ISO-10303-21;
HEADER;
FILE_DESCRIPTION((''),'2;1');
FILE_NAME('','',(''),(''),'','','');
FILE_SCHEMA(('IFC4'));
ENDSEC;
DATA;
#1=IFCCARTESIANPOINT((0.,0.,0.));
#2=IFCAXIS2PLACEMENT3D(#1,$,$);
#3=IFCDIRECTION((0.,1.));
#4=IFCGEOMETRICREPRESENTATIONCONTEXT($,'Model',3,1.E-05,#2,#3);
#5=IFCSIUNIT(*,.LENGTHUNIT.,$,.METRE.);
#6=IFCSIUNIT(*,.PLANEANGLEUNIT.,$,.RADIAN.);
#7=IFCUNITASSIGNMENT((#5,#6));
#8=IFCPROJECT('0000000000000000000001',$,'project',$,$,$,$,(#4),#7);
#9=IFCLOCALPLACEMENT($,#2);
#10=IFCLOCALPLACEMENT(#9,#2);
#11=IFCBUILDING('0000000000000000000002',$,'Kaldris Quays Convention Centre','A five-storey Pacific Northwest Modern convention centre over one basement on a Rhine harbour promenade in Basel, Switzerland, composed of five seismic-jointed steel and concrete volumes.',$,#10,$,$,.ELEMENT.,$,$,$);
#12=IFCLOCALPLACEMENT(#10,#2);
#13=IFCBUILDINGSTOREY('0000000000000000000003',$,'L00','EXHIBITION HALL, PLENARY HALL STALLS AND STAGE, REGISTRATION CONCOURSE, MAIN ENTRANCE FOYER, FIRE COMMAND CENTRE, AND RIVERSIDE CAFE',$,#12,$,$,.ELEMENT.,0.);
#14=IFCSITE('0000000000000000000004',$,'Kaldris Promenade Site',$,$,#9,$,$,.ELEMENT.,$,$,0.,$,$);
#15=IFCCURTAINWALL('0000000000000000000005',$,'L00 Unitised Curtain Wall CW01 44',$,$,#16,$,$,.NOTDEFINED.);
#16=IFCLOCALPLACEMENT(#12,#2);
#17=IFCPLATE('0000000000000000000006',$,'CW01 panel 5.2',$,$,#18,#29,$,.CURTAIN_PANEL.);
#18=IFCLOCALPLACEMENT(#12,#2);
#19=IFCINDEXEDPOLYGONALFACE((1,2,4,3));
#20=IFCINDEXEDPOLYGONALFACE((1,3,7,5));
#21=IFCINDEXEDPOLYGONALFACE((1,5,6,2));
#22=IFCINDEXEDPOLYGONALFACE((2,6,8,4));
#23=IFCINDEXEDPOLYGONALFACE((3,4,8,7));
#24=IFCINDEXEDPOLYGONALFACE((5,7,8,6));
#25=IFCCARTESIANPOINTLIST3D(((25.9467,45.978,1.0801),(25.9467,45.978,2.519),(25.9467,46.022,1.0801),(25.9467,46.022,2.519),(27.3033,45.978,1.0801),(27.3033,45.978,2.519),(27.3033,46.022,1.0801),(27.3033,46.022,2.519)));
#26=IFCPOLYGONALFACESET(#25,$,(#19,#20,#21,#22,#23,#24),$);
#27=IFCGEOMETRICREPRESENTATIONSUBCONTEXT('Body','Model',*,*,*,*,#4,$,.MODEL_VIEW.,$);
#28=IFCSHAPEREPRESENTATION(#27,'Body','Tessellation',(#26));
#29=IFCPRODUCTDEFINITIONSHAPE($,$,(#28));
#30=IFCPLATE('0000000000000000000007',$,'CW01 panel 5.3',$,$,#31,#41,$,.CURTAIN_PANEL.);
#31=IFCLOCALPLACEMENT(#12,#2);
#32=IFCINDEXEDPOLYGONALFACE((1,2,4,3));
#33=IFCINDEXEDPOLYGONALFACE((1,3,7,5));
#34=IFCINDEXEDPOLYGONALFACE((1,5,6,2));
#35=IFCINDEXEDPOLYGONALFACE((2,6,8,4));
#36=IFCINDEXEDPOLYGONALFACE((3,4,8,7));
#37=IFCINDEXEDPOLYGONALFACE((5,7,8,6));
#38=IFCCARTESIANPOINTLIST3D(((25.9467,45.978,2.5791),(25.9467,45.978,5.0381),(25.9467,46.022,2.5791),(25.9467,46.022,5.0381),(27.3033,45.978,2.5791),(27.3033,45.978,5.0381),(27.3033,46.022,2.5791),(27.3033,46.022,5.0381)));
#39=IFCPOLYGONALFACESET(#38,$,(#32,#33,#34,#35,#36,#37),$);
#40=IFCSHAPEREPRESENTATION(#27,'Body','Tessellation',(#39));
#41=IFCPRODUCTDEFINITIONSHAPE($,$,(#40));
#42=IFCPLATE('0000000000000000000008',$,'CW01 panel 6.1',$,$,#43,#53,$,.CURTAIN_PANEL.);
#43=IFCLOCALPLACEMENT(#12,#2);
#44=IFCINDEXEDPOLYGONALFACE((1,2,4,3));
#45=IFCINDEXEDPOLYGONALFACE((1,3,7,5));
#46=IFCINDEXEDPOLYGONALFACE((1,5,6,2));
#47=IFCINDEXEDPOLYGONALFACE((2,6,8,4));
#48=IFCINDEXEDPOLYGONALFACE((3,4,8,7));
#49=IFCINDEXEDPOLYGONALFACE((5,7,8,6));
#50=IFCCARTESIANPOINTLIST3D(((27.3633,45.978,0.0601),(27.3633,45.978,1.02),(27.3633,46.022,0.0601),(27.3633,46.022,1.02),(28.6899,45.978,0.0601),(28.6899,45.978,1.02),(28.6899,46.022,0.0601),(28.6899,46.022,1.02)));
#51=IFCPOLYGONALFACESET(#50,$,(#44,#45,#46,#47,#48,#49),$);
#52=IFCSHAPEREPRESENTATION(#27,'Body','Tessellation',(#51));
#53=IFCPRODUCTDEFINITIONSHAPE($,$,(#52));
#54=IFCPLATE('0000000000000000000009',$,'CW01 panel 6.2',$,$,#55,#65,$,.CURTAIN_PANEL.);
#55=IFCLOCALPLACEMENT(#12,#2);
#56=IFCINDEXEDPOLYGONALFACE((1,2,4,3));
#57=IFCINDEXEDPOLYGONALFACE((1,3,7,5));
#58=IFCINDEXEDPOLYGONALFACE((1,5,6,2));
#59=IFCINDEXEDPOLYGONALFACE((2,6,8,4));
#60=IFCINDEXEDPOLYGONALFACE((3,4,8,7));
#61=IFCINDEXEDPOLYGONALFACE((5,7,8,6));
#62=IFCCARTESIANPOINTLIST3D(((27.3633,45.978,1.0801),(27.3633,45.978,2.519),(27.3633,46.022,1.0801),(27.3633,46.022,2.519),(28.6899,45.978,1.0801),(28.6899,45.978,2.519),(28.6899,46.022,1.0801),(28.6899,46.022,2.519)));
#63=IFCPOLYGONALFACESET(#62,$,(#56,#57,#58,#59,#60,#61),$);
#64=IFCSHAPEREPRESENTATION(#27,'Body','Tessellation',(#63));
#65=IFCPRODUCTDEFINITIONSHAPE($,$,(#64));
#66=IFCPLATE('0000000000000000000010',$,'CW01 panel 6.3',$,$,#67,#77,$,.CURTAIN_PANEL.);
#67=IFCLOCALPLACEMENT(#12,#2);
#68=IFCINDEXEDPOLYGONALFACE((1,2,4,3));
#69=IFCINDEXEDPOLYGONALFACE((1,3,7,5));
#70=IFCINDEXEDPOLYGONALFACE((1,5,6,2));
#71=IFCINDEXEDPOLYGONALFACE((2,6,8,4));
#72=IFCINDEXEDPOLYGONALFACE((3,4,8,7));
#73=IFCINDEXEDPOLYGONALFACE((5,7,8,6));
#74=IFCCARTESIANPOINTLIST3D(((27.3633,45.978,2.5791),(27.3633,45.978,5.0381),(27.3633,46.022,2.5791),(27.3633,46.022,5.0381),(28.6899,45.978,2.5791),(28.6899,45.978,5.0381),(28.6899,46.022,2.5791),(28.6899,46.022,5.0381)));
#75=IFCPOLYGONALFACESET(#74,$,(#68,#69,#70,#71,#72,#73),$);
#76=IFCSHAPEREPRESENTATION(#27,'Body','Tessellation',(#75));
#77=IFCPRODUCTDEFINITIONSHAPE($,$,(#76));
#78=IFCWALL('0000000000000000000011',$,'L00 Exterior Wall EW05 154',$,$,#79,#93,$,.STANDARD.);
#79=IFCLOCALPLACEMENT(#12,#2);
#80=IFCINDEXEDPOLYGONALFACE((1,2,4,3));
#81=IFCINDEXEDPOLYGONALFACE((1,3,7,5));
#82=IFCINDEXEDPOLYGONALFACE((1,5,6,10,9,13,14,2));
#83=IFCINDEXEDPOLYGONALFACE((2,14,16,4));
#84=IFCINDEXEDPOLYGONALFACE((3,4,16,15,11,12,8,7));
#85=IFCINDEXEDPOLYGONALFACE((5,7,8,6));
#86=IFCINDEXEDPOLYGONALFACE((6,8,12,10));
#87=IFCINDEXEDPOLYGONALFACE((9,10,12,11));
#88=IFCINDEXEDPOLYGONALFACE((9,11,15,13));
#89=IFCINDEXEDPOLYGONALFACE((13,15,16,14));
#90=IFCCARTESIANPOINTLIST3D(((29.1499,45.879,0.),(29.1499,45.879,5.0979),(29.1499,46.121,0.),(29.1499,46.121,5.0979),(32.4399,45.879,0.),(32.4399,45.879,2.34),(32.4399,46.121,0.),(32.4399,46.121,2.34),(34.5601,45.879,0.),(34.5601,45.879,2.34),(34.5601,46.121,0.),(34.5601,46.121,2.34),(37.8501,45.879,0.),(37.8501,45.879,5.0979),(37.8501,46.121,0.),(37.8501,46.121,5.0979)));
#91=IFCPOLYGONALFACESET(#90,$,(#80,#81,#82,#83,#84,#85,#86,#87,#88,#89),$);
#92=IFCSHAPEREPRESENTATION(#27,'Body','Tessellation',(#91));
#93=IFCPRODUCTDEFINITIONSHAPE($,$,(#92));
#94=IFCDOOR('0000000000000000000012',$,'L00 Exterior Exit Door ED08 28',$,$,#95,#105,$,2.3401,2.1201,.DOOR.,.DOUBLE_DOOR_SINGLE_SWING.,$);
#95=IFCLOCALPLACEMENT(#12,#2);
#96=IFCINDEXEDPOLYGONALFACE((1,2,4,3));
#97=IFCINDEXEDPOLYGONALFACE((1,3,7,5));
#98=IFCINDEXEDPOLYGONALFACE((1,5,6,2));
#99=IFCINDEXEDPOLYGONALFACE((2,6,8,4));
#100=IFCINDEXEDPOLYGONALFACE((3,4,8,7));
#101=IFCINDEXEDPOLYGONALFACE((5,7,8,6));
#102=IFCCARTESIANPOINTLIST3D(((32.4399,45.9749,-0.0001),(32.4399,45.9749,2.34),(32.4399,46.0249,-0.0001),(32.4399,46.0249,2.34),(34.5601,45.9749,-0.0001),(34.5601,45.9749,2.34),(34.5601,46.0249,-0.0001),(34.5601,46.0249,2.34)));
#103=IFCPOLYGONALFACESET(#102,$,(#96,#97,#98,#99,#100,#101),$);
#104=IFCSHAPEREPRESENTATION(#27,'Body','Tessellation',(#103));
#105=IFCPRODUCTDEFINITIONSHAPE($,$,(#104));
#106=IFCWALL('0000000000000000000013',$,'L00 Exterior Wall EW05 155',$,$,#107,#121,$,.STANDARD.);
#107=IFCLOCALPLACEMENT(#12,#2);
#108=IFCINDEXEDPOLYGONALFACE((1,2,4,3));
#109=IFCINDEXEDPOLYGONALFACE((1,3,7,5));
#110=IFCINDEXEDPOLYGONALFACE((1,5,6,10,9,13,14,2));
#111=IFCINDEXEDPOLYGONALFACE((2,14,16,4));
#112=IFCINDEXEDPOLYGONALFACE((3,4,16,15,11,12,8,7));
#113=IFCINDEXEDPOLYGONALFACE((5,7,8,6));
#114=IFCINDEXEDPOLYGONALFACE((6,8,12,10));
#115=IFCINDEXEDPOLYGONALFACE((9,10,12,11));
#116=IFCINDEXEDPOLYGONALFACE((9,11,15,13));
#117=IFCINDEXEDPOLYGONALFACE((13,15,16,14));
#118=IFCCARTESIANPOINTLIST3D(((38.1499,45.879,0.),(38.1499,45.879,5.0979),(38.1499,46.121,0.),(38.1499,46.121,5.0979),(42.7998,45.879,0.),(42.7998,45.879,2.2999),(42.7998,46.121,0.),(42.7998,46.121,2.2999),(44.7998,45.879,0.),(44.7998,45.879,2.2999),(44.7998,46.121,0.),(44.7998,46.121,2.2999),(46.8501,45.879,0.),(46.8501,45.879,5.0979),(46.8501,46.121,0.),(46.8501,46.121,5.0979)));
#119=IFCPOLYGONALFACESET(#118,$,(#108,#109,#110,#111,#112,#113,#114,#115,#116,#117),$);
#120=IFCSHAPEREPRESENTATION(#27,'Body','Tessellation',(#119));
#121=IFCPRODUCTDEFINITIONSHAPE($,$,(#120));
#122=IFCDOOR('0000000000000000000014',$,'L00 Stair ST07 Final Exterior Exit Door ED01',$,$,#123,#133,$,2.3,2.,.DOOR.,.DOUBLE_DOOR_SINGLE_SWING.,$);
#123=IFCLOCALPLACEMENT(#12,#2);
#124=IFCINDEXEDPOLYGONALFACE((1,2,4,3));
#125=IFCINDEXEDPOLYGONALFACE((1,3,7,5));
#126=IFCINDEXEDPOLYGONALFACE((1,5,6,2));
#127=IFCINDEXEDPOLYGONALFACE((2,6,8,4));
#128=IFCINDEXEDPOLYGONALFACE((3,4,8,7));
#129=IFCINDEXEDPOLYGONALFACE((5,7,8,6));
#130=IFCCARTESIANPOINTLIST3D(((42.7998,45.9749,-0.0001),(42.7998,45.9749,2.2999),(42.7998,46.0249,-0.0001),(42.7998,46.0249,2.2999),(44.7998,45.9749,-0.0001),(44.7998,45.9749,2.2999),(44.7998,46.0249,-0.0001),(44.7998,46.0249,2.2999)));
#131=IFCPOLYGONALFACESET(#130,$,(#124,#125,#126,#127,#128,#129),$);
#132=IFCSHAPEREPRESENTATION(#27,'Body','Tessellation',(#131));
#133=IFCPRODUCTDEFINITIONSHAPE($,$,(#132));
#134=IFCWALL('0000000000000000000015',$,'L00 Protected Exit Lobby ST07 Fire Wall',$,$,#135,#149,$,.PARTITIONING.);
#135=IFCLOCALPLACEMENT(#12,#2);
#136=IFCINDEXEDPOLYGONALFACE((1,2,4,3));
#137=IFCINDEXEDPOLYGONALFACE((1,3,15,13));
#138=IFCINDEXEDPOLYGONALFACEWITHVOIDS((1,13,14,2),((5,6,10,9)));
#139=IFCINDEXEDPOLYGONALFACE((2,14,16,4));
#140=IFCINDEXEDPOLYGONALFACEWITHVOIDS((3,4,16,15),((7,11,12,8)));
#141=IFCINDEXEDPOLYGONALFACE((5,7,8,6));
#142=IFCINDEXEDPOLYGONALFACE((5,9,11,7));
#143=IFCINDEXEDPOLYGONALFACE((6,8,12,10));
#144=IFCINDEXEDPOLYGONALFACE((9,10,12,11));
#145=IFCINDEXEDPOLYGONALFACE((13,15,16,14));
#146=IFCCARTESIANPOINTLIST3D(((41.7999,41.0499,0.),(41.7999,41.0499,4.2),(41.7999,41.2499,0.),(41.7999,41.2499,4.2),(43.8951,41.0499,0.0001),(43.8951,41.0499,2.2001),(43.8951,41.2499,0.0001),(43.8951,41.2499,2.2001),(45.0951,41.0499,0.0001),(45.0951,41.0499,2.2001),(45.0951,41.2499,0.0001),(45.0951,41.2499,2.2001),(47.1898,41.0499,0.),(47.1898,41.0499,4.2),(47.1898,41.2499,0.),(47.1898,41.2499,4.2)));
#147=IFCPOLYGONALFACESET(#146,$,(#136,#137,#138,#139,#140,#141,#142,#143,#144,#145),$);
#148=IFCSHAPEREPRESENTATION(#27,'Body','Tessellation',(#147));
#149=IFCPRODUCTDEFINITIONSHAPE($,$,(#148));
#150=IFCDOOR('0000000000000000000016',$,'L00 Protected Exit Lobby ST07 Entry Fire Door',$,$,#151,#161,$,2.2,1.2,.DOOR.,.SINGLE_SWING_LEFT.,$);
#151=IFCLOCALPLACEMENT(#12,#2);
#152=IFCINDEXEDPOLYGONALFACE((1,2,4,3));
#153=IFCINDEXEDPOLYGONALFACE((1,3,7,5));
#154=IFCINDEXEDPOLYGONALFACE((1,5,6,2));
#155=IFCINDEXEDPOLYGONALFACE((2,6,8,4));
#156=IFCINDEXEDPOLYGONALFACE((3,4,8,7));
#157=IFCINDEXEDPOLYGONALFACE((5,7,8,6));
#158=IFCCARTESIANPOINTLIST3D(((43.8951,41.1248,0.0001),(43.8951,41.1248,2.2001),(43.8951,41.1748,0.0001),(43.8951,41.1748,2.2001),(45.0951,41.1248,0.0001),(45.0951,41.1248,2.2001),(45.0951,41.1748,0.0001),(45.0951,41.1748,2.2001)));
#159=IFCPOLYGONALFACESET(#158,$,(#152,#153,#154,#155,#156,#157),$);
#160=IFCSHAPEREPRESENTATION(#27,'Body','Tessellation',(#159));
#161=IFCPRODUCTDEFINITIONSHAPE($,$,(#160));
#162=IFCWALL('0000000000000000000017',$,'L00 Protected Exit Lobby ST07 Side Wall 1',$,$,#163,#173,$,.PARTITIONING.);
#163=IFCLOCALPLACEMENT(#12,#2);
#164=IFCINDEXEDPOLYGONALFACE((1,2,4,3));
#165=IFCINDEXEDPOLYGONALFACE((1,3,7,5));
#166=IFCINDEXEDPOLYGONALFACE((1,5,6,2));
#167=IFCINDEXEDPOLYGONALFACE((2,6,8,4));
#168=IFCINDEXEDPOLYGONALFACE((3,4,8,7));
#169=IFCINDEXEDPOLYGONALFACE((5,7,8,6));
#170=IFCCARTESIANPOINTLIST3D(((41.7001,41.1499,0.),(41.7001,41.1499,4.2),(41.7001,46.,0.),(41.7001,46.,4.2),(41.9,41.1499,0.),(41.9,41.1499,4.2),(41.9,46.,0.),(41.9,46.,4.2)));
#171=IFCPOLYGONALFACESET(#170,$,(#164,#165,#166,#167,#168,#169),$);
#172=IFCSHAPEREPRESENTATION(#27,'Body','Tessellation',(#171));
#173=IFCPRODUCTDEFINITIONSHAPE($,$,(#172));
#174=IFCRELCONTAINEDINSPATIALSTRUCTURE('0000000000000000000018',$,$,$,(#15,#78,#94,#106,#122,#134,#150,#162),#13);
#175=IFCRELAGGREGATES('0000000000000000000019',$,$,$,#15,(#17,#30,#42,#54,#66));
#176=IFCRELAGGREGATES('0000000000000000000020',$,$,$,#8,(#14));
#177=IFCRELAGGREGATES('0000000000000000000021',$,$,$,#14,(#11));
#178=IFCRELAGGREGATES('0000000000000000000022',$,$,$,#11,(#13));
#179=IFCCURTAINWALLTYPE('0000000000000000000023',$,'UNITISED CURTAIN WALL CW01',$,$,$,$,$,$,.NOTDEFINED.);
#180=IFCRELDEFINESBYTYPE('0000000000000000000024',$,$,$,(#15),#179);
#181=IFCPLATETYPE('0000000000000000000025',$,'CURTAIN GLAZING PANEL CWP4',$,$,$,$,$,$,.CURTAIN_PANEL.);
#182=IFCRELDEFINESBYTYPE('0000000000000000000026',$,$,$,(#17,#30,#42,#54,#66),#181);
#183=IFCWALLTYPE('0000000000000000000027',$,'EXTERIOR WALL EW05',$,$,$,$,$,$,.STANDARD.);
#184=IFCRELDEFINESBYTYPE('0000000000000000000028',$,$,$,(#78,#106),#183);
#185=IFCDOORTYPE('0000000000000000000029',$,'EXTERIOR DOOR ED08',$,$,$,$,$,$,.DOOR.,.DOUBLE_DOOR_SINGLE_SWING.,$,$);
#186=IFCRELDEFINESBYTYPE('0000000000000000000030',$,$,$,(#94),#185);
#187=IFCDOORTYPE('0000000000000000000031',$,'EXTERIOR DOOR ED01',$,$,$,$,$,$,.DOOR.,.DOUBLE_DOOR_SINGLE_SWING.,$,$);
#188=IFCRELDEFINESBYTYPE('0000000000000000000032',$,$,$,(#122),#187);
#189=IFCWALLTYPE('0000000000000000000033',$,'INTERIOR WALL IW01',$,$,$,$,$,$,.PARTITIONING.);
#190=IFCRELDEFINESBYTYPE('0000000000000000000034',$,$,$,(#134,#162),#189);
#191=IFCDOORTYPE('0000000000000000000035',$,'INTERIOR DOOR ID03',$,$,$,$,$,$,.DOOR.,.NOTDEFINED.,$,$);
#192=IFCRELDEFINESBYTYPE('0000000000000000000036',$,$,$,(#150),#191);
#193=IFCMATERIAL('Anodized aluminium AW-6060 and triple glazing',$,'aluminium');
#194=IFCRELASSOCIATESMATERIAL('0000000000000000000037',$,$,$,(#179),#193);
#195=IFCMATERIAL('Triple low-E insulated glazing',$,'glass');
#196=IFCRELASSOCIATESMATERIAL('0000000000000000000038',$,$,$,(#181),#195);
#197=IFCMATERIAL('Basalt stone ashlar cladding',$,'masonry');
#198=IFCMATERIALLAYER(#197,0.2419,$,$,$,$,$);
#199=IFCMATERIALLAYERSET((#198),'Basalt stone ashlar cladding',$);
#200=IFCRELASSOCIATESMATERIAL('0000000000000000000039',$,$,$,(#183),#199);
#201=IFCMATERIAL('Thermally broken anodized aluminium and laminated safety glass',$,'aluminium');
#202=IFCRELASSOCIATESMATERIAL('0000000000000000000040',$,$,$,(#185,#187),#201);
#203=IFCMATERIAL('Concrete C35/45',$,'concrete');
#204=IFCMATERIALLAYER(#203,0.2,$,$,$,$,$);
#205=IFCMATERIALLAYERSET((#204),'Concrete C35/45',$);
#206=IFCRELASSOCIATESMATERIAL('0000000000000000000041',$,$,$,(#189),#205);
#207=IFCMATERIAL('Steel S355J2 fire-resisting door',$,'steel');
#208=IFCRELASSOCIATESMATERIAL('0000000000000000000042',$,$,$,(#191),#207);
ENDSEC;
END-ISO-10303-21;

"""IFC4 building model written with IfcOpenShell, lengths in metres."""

from ifc_helpers import new_model, si_unit, direction, frame, frame_2d, origin, origin_2d, place, context, subcontext, project, spatial, rectangle, extrude, material, layer, layer_set, type_object, element, fill, aggregate, save


model = new_model("IFC4")

# Units and contexts
model_context = context("Model", 3, precision=1e-05, world=origin(), true_north=direction((0.0, 1.0)))
body_context = subcontext(model_context, "Body", "Model", "MODEL_VIEW")
ifc_project = project(units=[si_unit("LENGTHUNIT", "METRE"), si_unit("PLANEANGLEUNIT", "RADIAN")], contexts=[model_context])

# Site, building, storey
site_placement = place(None, origin())
site = spatial("IfcSite", under=ifc_project, at=site_placement, Name="Kaldris Promenade Site", CompositionType="ELEMENT", RefElevation=0.0)
building_placement = place(site_placement, origin())
building = spatial("IfcBuilding", under=site, at=building_placement, Name="Kaldris Quays Convention Centre", Description="A five-storey Pacific Northwest Modern convention centre over one basement on a Rhine harbour promenade in Basel, Switzerland, composed of five seismic-jointed steel and concrete volumes.", CompositionType="ELEMENT")
storey_placement = place(building_placement, origin())
storey = spatial("IfcBuildingStorey", under=building, at=storey_placement, Name="L00", Description="EXHIBITION HALL, PLENARY HALL STALLS AND STAGE, REGISTRATION CONCOURSE, MAIN ENTRANCE FOYER, FIRE COMMAND CENTRE, AND RIVERSIDE CAFE", CompositionType="ELEMENT", Elevation=0.0)

# Curtain wall
ifc_material_1 = material(Name="Anodized aluminium AW-6060 and triple glazing", Category="aluminium")
curtain_wall_type = type_object("IfcCurtainWallType", Name="UNITISED CURTAIN WALL CW01", PredefinedType="NOTDEFINED", material=ifc_material_1)
curtain_wall_placement = place(storey_placement, origin())
curtain_wall = element("IfcCurtainWall", 1, at=curtain_wall_placement, inside=storey, type_object=curtain_wall_type, Name="L00 Unitised Curtain Wall CW01 44", PredefinedType="NOTDEFINED")

# Plates
ifc_material_2 = material(Name="Triple low-E insulated glazing", Category="glass")
plate_type = type_object("IfcPlateType", Name="CURTAIN GLAZING PANEL CWP4", PredefinedType="CURTAIN_PANEL", material=ifc_material_2)
plate_1_placement = place(storey_placement, frame((26.625, 46.0, 1.0801), z_axis=(0.0, 0.0, 1.0), x_axis=(1.0, 0.0, 0.0)))
plate_1 = element("IfcPlate", 2, at=plate_1_placement, type_object=plate_type, Name="CW01 panel 5.2", PredefinedType="CURTAIN_PANEL", context=body_context, shape_type="SweptSolid", body=[
    extrude(rectangle(XDim=1.3567, YDim=0.0439, at=origin_2d()), origin(), (0.0, 0.0, 1.0), 1.439),
])
plate_2_placement = place(storey_placement, frame((26.625, 46.0, 2.5791), z_axis=(0.0, 0.0, 1.0), x_axis=(1.0, 0.0, 0.0)))
plate_2 = element("IfcPlate", 3, at=plate_2_placement, type_object=plate_type, Name="CW01 panel 5.3", PredefinedType="CURTAIN_PANEL", context=body_context, shape_type="SweptSolid", body=[
    extrude(rectangle(XDim=1.3567, YDim=0.0439, at=origin_2d()), origin(), (0.0, 0.0, 1.0), 2.459),
])
plate_3_placement = place(storey_placement, frame((28.0266, 46.0, 0.0601), z_axis=(0.0, 0.0, 1.0), x_axis=(1.0, 0.0, 0.0)))
plate_3 = element("IfcPlate", 4, at=plate_3_placement, type_object=plate_type, Name="CW01 panel 6.1", PredefinedType="CURTAIN_PANEL", context=body_context, shape_type="SweptSolid", body=[
    extrude(rectangle(XDim=1.3267, YDim=0.0439, at=origin_2d()), origin(), (0.0, 0.0, 1.0), 0.96),
])
plate_4_placement = place(storey_placement, frame((28.0266, 46.0, 1.0801), z_axis=(0.0, 0.0, 1.0), x_axis=(1.0, 0.0, 0.0)))
plate_4 = element("IfcPlate", 5, at=plate_4_placement, type_object=plate_type, Name="CW01 panel 6.2", PredefinedType="CURTAIN_PANEL", context=body_context, shape_type="SweptSolid", body=[
    extrude(rectangle(XDim=1.3267, YDim=0.0439, at=origin_2d()), origin(), (0.0, 0.0, 1.0), 1.439),
])
plate_5_placement = place(storey_placement, frame((28.0266, 46.0, 2.5791), z_axis=(0.0, 0.0, 1.0), x_axis=(1.0, 0.0, 0.0)))
plate_5 = element("IfcPlate", 6, at=plate_5_placement, type_object=plate_type, Name="CW01 panel 6.3", PredefinedType="CURTAIN_PANEL", context=body_context, shape_type="SweptSolid", body=[
    extrude(rectangle(XDim=1.3267, YDim=0.0439, at=origin_2d()), origin(), (0.0, 0.0, 1.0), 2.459),
])
aggregate(curtain_wall, [plate_1, plate_2, plate_3, plate_4, plate_5])

# Walls, openings, doors
ifc_material_3 = material(Name="Basalt stone ashlar cladding", Category="masonry")
ifc_layer_1 = layer(ifc_material_3, 0.2419)
ifc_layer_set_1 = layer_set([ifc_layer_1], Name="Basalt stone ashlar cladding")
wall_type_1 = type_object("IfcWallType", Name="EXTERIOR WALL EW05", PredefinedType="STANDARD", material=ifc_layer_set_1)
wall_1_placement = place(storey_placement, frame((29.1499, 46.0, 0.0), z_axis=(0.0, 0.0, 1.0), x_axis=(1.0, 0.0, 0.0)))
wall_1 = element("IfcWall", 7, at=wall_1_placement, inside=storey, type_object=wall_type_1, Name="L00 Exterior Wall EW05 154", PredefinedType="STANDARD", context=body_context, shape_type="SweptSolid", body=[
    extrude(rectangle(XDim=8.7002, YDim=0.2419, at=frame_2d((4.3501, 0.0))), origin(), (0.0, 0.0, 1.0), 5.0979),
])
opening_1_placement = place(wall_1_placement, frame((3.29, 0.0, 0.0)))
opening_1 = element("IfcOpeningElement", 8, at=opening_1_placement, cuts=wall_1, PredefinedType="OPENING", context=body_context, shape_type="SweptSolid", body=[
    extrude(rectangle(XDim=2.1201, YDim=2.3401, at=frame_2d((1.0601, 1.1699))), frame((0.0, 0.1309, 0.0), z_axis=(0.0, -1.0, 0.0), x_axis=(1.0, 0.0, 0.0)), (0.0, 0.0, 1.0), 0.262),
])
ifc_material_4 = material(Name="Thermally broken anodized aluminium and laminated safety glass", Category="aluminium")
door_type_1 = type_object("IfcDoorType", Name="EXTERIOR DOOR ED08", OperationType="DOUBLE_DOOR_SINGLE_SWING", PredefinedType="DOOR", material=ifc_material_4)
door_1_placement = place(opening_1_placement, origin())
door_1 = element("IfcDoor", 9, at=door_1_placement, inside=storey, type_object=door_type_1, Name="L00 Exterior Exit Door ED08 28", OperationType="DOUBLE_DOOR_SINGLE_SWING", OverallHeight=2.3401, OverallWidth=2.1201, PredefinedType="DOOR", context=body_context, shape_type="SweptSolid", body=[
    extrude(rectangle(XDim=2.1201, YDim=2.3401, at=frame_2d((1.0601, 1.1699))), frame((0.0, 0.0249, 0.0), z_axis=(0.0, -1.0, 0.0), x_axis=(1.0, 0.0, 0.0)), (0.0, 0.0, 1.0), 0.05),
])
fill(opening_1, door_1)
wall_2_placement = place(storey_placement, frame((38.1499, 46.0, 0.0), z_axis=(0.0, 0.0, 1.0), x_axis=(1.0, 0.0, 0.0)))
wall_2 = element("IfcWall", 10, at=wall_2_placement, inside=storey, type_object=wall_type_1, Name="L00 Exterior Wall EW05 155", PredefinedType="STANDARD", context=body_context, shape_type="SweptSolid", body=[
    extrude(rectangle(XDim=8.7002, YDim=0.2419, at=frame_2d((4.3501, 0.0))), origin(), (0.0, 0.0, 1.0), 5.0979),
])
opening_2_placement = place(wall_2_placement, frame((4.6499, 0.0, 0.0)))
opening_2 = element("IfcOpeningElement", 11, at=opening_2_placement, cuts=wall_2, PredefinedType="OPENING", context=body_context, shape_type="SweptSolid", body=[
    extrude(rectangle(XDim=2.0, YDim=2.3, at=frame_2d((1.0, 1.1499))), frame((0.0, 0.1309, 0.0), z_axis=(0.0, -1.0, 0.0), x_axis=(1.0, 0.0, 0.0)), (0.0, 0.0, 1.0), 0.262),
])
door_type_2 = type_object("IfcDoorType", Name="EXTERIOR DOOR ED01", OperationType="DOUBLE_DOOR_SINGLE_SWING", PredefinedType="DOOR", material=ifc_material_4)
door_2_placement = place(opening_2_placement, origin())
door_2 = element("IfcDoor", 12, at=door_2_placement, inside=storey, type_object=door_type_2, Name="L00 Stair ST07 Final Exterior Exit Door ED01", OperationType="DOUBLE_DOOR_SINGLE_SWING", OverallHeight=2.3, OverallWidth=2.0, PredefinedType="DOOR", context=body_context, shape_type="SweptSolid", body=[
    extrude(rectangle(XDim=2.0, YDim=2.3, at=frame_2d((1.0, 1.1499))), frame((0.0, 0.0249, 0.0), z_axis=(0.0, -1.0, 0.0), x_axis=(1.0, 0.0, 0.0)), (0.0, 0.0, 1.0), 0.05),
])
fill(opening_2, door_2)
ifc_material_5 = material(Name="Concrete C35/45", Category="concrete")
ifc_layer_2 = layer(ifc_material_5, 0.2)
ifc_layer_set_2 = layer_set([ifc_layer_2], Name="Concrete C35/45")
wall_type_2 = type_object("IfcWallType", Name="INTERIOR WALL IW01", PredefinedType="PARTITIONING", material=ifc_layer_set_2)
wall_3_placement = place(storey_placement, frame((41.8, 41.1499, 0.0), z_axis=(0.0, 0.0, 1.0), x_axis=(1.0, 0.0, 0.0)))
wall_3 = element("IfcWall", 13, at=wall_3_placement, inside=storey, type_object=wall_type_2, Name="L00 Protected Exit Lobby ST07 Fire Wall", PredefinedType="PARTITIONING", context=body_context, shape_type="SweptSolid", body=[
    extrude(rectangle(XDim=5.3899, YDim=0.2, at=frame_2d((2.6948, 0.0))), origin(), (0.0, 0.0, 1.0), 4.2),
])
opening_3_placement = place(wall_3_placement, frame((2.095, 0.0, 0.0)))
opening_3 = element("IfcOpeningElement", 14, at=opening_3_placement, cuts=wall_3, PredefinedType="OPENING", context=body_context, shape_type="SweptSolid", body=[
    extrude(rectangle(XDim=1.2, YDim=2.2, at=frame_2d((0.6001, 1.1001))), frame((0.0, 0.1099, 0.0), z_axis=(0.0, -1.0, 0.0), x_axis=(1.0, 0.0, 0.0)), (0.0, 0.0, 1.0), 0.22),
])
ifc_material_6 = material(Name="Steel S355J2 fire-resisting door", Category="steel")
door_type_3 = type_object("IfcDoorType", Name="INTERIOR DOOR ID03", OperationType="NOTDEFINED", PredefinedType="DOOR", material=ifc_material_6)
door_3_placement = place(opening_3_placement, origin())
door_3 = element("IfcDoor", 15, at=door_3_placement, inside=storey, type_object=door_type_3, Name="L00 Protected Exit Lobby ST07 Entry Fire Door", OperationType="SINGLE_SWING_LEFT", OverallHeight=2.2, OverallWidth=1.2, PredefinedType="DOOR", context=body_context, shape_type="SweptSolid", body=[
    extrude(rectangle(XDim=1.2, YDim=2.2, at=frame_2d((0.6001, 1.1001))), frame((0.0, 0.0249, 0.0), z_axis=(0.0, -1.0, 0.0), x_axis=(1.0, 0.0, 0.0)), (0.0, 0.0, 1.0), 0.05),
])
fill(opening_3, door_3)

# Wall
wall_4_placement = place(storey_placement, frame((41.8, 41.1499, 0.0), z_axis=(0.0, 0.0, 1.0), x_axis=(0.0, 1.0, 0.0)))
element("IfcWall", 16, at=wall_4_placement, inside=storey, type_object=wall_type_2, Name="L00 Protected Exit Lobby ST07 Side Wall 1", PredefinedType="PARTITIONING", context=body_context, shape_type="SweptSolid", body=[
    extrude(rectangle(XDim=4.8501, YDim=0.2, at=frame_2d((2.425, 0.0))), origin(), (0.0, 0.0, 1.0), 4.2),
])

save(model, "model.ifc")
